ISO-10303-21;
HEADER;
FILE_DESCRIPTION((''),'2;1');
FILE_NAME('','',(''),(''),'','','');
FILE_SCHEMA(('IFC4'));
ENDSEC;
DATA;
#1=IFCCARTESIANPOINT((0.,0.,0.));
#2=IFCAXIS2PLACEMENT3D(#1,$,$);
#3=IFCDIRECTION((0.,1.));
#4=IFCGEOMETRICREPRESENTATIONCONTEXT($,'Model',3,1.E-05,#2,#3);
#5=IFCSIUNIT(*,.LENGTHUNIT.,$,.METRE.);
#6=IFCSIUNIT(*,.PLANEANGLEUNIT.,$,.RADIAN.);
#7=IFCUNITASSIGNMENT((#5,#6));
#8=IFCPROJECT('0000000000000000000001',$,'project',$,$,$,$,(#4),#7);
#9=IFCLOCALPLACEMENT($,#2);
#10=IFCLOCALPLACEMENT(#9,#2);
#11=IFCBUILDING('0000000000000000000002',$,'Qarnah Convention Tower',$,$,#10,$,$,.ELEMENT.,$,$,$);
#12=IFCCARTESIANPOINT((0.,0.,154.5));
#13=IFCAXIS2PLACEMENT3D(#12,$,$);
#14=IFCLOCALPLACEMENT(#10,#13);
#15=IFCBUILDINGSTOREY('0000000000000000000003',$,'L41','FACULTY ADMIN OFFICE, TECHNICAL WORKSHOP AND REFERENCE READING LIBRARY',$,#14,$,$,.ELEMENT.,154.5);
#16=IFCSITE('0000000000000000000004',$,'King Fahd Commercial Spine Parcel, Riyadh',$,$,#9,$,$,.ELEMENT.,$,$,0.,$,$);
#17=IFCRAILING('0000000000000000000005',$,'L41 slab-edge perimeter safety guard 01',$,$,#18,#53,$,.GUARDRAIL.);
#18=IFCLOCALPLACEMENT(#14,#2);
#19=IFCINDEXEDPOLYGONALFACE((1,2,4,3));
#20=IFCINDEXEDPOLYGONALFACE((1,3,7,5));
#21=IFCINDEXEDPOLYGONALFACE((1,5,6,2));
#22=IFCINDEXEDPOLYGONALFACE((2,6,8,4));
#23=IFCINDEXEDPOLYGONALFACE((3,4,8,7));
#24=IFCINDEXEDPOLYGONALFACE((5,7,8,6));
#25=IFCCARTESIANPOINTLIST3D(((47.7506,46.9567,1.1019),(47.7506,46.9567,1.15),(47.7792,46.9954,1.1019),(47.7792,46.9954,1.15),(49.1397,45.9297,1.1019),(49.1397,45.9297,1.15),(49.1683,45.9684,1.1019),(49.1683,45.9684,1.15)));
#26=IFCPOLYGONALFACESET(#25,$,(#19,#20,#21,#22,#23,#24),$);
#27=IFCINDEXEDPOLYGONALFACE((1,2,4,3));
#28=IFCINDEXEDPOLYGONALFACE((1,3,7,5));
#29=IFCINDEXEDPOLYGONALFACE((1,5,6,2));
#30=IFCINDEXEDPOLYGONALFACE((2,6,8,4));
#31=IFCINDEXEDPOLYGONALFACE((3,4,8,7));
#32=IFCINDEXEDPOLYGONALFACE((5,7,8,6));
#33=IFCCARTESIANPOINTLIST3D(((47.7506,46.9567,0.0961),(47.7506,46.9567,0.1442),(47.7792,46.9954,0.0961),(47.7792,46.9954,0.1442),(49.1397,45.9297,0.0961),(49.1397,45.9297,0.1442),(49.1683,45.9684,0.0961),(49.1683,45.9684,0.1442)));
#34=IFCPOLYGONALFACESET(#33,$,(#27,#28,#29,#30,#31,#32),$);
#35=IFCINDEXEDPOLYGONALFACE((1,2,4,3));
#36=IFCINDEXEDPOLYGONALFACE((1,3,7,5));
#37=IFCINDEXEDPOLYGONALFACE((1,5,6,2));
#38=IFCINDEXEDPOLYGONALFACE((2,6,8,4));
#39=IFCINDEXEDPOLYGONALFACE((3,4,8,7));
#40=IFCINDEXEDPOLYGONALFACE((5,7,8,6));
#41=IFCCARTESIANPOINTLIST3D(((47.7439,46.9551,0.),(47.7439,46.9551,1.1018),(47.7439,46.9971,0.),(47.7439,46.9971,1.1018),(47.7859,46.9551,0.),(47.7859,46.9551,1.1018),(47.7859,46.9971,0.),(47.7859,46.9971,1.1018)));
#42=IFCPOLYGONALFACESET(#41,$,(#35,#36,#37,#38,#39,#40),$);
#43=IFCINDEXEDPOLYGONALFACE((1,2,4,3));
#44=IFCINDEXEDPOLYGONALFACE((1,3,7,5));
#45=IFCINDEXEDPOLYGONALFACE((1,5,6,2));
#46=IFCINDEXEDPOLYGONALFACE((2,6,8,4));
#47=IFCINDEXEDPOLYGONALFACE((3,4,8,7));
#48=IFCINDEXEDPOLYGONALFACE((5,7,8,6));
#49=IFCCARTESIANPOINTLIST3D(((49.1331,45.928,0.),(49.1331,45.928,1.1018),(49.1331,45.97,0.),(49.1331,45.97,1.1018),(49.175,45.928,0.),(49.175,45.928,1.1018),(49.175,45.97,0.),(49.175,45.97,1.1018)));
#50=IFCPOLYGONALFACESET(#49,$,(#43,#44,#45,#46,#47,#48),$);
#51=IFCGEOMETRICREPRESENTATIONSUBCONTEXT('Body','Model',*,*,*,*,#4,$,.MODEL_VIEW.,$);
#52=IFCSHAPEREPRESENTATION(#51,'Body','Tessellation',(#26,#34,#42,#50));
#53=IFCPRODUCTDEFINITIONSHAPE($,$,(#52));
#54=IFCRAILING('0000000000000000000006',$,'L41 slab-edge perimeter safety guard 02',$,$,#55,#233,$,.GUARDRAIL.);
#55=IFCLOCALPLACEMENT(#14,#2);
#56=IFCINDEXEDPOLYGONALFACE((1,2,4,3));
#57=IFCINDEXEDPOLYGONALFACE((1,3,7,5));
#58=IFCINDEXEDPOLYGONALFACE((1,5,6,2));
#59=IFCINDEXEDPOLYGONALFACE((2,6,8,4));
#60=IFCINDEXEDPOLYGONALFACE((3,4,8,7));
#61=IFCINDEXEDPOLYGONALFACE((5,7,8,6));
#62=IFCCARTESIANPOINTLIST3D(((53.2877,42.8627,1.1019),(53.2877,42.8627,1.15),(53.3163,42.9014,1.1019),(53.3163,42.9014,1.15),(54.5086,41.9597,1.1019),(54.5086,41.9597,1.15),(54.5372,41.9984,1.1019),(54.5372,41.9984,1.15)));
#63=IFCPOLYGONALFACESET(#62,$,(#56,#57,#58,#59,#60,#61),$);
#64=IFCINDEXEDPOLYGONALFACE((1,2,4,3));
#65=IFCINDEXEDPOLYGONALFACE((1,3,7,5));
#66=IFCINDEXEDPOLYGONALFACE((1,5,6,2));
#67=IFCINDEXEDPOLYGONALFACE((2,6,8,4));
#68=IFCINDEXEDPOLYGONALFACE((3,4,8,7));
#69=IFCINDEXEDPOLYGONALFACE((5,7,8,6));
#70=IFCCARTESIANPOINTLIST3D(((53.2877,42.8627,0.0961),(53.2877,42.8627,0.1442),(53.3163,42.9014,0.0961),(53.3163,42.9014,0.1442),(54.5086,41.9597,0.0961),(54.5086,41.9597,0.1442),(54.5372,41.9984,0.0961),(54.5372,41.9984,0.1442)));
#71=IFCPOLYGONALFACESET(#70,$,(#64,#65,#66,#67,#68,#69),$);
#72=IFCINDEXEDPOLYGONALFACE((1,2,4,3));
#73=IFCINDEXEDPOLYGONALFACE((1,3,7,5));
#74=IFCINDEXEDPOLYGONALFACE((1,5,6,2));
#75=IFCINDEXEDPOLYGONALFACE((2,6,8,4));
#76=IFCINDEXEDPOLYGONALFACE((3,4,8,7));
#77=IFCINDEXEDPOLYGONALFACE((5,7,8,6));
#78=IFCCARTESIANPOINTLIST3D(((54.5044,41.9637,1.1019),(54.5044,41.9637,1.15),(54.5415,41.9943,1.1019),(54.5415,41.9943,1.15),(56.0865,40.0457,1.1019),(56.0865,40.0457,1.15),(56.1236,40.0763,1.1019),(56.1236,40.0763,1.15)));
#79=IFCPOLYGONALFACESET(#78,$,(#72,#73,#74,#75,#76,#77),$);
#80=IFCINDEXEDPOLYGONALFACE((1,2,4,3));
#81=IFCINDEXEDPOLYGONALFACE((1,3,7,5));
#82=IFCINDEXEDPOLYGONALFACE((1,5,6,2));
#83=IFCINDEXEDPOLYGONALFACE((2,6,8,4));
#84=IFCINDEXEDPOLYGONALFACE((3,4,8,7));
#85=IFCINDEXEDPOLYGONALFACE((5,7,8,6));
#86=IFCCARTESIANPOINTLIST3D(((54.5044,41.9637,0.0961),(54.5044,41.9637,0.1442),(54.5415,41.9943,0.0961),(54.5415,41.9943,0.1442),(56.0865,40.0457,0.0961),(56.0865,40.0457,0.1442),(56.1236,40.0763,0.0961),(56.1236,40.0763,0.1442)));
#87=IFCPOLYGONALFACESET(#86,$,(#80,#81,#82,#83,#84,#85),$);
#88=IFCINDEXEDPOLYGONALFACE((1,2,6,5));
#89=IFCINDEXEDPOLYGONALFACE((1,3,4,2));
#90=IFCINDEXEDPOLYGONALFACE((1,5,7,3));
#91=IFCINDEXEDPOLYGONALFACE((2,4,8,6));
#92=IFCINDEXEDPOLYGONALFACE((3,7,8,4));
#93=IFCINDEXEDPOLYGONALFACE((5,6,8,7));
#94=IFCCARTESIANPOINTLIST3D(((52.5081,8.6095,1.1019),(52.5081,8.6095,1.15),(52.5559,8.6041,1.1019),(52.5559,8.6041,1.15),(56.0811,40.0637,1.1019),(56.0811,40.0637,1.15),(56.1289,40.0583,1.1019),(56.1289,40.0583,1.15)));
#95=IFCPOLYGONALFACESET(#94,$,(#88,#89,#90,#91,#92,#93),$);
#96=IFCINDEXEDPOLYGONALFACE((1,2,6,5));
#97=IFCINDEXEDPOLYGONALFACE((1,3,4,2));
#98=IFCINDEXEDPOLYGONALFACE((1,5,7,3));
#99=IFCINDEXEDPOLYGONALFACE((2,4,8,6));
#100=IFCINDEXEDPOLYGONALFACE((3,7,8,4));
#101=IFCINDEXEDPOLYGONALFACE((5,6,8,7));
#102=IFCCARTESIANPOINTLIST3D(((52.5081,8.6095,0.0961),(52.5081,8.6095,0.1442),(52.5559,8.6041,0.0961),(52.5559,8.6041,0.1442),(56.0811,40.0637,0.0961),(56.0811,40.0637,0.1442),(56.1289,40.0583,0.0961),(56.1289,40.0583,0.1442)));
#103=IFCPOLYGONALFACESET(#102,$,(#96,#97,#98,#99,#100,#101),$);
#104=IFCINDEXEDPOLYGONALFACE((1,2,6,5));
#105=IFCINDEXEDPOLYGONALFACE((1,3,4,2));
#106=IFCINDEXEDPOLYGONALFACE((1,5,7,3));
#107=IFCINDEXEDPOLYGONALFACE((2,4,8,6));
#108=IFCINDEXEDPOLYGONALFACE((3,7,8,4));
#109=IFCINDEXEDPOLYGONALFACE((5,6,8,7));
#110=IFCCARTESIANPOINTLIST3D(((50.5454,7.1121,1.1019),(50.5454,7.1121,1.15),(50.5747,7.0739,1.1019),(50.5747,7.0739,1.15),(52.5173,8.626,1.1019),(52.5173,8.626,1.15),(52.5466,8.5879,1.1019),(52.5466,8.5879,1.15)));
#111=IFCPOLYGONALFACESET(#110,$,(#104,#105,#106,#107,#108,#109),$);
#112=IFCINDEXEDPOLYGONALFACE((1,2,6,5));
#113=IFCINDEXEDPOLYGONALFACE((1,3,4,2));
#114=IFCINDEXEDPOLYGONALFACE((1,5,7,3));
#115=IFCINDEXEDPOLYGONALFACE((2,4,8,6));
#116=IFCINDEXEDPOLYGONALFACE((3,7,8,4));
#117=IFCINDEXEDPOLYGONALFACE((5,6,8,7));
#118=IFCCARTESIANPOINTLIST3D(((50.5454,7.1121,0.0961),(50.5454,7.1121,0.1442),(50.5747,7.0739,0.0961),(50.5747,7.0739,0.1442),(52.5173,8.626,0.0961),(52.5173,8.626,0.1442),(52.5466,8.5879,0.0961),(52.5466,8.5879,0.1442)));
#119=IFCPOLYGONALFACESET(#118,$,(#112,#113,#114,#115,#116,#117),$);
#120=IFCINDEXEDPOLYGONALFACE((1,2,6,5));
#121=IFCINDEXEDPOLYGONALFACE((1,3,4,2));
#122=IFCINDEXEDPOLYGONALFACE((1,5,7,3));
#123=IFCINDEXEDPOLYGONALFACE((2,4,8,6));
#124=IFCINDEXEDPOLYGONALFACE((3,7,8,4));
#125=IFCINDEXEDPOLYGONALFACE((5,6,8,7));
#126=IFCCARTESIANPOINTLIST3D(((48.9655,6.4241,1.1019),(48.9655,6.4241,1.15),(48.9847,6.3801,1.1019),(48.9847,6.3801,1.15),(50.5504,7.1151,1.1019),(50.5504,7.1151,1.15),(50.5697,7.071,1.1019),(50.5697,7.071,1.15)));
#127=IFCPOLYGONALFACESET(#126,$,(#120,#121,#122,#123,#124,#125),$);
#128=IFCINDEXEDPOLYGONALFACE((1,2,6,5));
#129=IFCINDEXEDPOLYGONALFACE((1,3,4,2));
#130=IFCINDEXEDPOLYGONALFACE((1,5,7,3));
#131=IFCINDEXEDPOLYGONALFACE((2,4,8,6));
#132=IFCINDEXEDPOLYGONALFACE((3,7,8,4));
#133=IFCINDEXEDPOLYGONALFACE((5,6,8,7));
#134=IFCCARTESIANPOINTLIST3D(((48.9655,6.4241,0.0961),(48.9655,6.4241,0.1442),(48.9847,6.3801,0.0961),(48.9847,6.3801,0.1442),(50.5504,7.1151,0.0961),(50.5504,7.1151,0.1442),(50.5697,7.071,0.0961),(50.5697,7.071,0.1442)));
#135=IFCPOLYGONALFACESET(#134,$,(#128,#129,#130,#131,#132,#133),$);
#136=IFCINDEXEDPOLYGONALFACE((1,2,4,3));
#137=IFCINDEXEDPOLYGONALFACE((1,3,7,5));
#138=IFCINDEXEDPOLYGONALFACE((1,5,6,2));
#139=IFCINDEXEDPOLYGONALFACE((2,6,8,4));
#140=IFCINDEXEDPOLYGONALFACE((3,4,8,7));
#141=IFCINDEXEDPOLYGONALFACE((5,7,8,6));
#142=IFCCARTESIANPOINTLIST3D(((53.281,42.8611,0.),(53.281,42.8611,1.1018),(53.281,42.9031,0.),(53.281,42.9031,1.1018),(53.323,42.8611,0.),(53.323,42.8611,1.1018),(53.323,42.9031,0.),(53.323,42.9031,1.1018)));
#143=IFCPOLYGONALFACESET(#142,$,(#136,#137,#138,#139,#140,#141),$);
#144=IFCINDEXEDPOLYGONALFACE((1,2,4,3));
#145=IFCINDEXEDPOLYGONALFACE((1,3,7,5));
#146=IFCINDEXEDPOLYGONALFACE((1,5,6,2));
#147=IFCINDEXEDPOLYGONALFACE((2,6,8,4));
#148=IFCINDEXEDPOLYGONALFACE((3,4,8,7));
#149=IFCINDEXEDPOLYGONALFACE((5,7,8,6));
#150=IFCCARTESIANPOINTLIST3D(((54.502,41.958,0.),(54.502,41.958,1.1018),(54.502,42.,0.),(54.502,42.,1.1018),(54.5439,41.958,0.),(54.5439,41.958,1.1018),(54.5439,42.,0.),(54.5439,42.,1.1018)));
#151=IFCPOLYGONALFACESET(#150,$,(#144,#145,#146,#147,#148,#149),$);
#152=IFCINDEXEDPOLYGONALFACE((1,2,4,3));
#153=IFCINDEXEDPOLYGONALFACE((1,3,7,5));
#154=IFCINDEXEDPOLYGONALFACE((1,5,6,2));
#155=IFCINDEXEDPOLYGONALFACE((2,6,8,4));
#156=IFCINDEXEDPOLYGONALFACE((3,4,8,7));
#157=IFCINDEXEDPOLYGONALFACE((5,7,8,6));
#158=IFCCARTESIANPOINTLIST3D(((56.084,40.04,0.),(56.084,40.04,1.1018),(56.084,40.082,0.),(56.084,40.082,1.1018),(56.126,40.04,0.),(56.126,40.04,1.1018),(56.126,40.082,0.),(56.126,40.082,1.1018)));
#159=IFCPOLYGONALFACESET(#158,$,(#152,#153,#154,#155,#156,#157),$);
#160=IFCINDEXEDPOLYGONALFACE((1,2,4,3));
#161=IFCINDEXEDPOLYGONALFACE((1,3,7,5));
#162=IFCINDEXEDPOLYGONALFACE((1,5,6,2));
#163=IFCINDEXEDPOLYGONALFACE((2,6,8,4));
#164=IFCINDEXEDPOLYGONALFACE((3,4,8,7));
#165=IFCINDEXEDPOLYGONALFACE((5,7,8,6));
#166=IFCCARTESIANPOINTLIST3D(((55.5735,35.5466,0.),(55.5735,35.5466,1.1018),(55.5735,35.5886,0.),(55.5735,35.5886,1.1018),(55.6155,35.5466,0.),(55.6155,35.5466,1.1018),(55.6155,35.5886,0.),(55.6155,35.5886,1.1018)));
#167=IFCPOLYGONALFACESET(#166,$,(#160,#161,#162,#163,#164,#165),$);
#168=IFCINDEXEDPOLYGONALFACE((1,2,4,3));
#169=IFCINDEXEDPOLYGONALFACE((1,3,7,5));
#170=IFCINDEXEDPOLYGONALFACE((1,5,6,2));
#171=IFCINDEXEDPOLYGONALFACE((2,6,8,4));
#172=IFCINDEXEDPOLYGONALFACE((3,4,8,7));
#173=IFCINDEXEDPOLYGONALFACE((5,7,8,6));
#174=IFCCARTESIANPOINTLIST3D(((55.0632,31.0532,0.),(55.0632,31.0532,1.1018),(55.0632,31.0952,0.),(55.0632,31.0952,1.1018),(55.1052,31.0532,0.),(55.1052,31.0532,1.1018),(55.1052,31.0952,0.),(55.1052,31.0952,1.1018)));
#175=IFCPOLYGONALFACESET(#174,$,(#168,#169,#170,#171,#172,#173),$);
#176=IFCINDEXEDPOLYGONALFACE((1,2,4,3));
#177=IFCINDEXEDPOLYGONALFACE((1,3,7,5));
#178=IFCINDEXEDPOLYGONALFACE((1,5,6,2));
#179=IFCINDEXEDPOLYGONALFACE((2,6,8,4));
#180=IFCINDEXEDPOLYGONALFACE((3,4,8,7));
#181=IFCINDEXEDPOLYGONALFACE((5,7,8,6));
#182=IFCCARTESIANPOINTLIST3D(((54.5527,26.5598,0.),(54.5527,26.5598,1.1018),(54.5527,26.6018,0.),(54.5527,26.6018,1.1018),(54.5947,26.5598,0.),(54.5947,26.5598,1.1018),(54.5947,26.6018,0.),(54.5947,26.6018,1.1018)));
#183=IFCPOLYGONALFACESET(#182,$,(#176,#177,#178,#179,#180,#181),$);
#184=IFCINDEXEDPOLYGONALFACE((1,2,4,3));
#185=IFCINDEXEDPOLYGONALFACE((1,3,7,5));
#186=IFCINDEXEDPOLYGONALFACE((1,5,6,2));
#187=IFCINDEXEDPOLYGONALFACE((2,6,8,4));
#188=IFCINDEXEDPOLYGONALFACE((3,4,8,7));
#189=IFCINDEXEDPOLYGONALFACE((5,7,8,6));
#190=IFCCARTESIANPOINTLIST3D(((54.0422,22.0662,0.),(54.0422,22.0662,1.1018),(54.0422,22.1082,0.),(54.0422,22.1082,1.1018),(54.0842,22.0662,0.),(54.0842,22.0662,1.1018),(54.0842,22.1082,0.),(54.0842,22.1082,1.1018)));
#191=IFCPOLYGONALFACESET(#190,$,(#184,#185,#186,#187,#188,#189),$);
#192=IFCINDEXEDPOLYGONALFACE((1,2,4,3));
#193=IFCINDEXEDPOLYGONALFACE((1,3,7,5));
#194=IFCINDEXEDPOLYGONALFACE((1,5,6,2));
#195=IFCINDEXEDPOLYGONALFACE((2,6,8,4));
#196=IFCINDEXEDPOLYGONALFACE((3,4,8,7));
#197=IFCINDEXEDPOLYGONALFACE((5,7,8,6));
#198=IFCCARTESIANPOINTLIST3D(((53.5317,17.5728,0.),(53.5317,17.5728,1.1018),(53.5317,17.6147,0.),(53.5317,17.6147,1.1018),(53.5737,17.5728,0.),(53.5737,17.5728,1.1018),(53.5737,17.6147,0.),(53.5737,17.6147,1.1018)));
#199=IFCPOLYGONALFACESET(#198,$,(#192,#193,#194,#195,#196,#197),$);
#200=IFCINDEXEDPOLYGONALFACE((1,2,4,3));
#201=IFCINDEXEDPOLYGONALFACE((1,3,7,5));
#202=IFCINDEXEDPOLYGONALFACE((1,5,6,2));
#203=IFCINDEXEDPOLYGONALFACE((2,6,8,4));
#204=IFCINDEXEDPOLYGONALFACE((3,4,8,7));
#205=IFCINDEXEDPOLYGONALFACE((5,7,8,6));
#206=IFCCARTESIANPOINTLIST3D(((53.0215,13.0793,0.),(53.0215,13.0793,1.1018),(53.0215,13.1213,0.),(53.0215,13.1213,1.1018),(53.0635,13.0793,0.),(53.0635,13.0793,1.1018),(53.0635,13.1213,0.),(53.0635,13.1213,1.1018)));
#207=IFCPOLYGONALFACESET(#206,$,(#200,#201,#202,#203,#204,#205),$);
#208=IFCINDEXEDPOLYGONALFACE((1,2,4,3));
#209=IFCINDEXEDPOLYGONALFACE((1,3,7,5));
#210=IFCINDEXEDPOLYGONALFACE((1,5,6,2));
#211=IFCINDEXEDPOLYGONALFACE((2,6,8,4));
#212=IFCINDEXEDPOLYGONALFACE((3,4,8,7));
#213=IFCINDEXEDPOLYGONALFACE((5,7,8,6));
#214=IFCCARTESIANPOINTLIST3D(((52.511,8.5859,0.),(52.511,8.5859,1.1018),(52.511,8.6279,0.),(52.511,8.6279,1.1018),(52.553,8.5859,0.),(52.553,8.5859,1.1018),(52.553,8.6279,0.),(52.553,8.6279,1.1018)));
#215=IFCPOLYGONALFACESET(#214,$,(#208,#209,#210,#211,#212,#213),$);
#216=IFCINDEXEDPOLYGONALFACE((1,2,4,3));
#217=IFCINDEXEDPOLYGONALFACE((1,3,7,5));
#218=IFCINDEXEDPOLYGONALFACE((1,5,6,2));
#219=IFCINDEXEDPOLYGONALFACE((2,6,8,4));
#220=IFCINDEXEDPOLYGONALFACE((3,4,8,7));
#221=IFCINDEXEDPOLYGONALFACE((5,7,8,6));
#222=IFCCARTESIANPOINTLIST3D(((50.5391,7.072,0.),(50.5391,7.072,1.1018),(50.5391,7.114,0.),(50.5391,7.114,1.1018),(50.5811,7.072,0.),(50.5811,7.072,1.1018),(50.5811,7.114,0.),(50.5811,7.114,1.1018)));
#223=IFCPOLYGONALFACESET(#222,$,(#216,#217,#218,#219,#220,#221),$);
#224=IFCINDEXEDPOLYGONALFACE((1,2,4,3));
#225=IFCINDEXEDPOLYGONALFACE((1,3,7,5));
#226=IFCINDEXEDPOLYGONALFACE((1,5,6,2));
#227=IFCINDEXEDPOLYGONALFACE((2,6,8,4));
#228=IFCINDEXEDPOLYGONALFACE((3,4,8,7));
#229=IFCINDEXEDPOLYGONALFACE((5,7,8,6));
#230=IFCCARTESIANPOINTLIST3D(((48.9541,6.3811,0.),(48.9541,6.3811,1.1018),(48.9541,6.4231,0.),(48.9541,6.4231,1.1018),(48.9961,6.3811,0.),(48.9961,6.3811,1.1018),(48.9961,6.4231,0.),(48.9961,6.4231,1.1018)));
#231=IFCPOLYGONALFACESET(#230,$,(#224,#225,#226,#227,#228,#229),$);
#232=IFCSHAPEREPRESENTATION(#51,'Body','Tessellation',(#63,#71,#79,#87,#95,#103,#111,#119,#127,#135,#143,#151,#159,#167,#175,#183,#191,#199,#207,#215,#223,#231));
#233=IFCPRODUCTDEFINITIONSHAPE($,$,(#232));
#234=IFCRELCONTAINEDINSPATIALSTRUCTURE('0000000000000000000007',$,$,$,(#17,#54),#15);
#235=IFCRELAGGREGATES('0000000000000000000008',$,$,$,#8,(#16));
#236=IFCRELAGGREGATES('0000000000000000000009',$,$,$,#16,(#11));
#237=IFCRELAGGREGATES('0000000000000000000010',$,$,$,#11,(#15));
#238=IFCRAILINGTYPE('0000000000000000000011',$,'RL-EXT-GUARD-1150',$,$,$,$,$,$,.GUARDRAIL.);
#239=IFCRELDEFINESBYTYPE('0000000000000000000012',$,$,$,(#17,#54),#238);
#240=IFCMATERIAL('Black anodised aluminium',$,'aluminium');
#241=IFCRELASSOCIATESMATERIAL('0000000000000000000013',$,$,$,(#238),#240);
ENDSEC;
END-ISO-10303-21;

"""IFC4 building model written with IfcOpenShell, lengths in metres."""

from ifc_helpers import new_model, si_unit, direction, frame, origin, origin_2d, place, context, subcontext, project, spatial, rectangle, extrude, material, type_object, element, save


model = new_model("IFC4")

# Units and contexts
model_context = context("Model", 3, precision=1e-05, world=origin(), true_north=direction((0.0, 1.0)))
body_context = subcontext(model_context, "Body", "Model", "MODEL_VIEW")
ifc_project = project(units=[si_unit("LENGTHUNIT", "METRE"), si_unit("PLANEANGLEUNIT", "RADIAN")], contexts=[model_context])

# Site, building, storey
site_placement = place(None, origin())
site = spatial("IfcSite", under=ifc_project, at=site_placement, Name="King Fahd Commercial Spine Parcel, Riyadh", CompositionType="ELEMENT", RefElevation=0.0)
building_placement = place(site_placement, origin())
building = spatial("IfcBuilding", under=site, at=building_placement, Name="Qarnah Convention Tower", CompositionType="ELEMENT")
storey_placement = place(building_placement, frame((0.0, 0.0, 154.5)))
storey = spatial("IfcBuildingStorey", under=building, at=storey_placement, Name="L41", Description="FACULTY ADMIN OFFICE, TECHNICAL WORKSHOP AND REFERENCE READING LIBRARY", CompositionType="ELEMENT", Elevation=154.5)

# Shared definitions
ifc_material_1 = material(Name="Black anodised aluminium", Category="aluminium")

# Railings
railing_type = type_object("IfcRailingType", Name="RL-EXT-GUARD-1150", PredefinedType="GUARDRAIL", material=ifc_material_1)
railing_1_placement = place(storey_placement, frame((47.7649, 46.9761, 0.0)))
element("IfcRailing", 1, at=railing_1_placement, inside=storey, type_object=railing_type, Name="L41 slab-edge perimeter safety guard 01", PredefinedType="GUARDRAIL", context=body_context, shape_type="SweptSolid", body=[
    extrude(rectangle(XDim=0.0481, YDim=0.0481, at=origin_2d()), frame((0.0, 0.0, 1.126), z_axis=(0.804085, -0.594514, 0.0), x_axis=(0.594514, 0.804085, 0.0)), (0.0, 0.0, 1.0), 1.7275),
    extrude(rectangle(XDim=0.0481, YDim=0.0481, at=origin_2d()), frame((0.0, 0.0, 0.1201), z_axis=(0.804085, -0.594514, 0.0), x_axis=(0.594514, 0.804085, 0.0)), (0.0, 0.0, 1.0), 1.7275),
    extrude(rectangle(XDim=0.042, YDim=0.042, at=origin_2d()), origin(), (0.0, 0.0, 1.0), 1.1018),
    extrude(rectangle(XDim=0.042, YDim=0.042, at=origin_2d()), frame((1.3892, -1.0271, 0.0)), (0.0, 0.0, 1.0), 1.1018),
])
railing_2_placement = place(storey_placement, frame((53.302, 42.8821, 0.0)))
element("IfcRailing", 2, at=railing_2_placement, inside=storey, type_object=railing_type, Name="L41 slab-edge perimeter safety guard 02", PredefinedType="GUARDRAIL", context=body_context, shape_type="SweptSolid", body=[
    extrude(rectangle(XDim=0.0481, YDim=0.0481, at=origin_2d()), frame((0.0, 0.0, 1.126), z_axis=(0.803976, -0.594662, 0.0), x_axis=(0.594662, 0.803976, 0.0)), (0.0, 0.0, 1.0), 1.5186),
    extrude(rectangle(XDim=0.0481, YDim=0.0481, at=origin_2d()), frame((0.0, 0.0, 0.1201), z_axis=(0.803976, -0.594662, 0.0), x_axis=(0.594662, 0.803976, 0.0)), (0.0, 0.0, 1.0), 1.5186),
    extrude(rectangle(XDim=0.0481, YDim=0.0481, at=origin_2d()), frame((1.2209, -0.9031, 1.126), z_axis=(0.636313, -0.771431, 0.0), x_axis=(0.771431, 0.636313, 0.0)), (0.0, 0.0, 1.0), 2.4863),
    extrude(rectangle(XDim=0.0481, YDim=0.0481, at=origin_2d()), frame((1.2209, -0.9031, 0.1201), z_axis=(0.636313, -0.771431, 0.0), x_axis=(0.771431, 0.636313, 0.0)), (0.0, 0.0, 1.0), 2.4863),
    extrude(rectangle(XDim=0.0481, YDim=0.0481, at=origin_2d()), frame((2.803, -2.821, 1.126), z_axis=(-0.112868, -0.99361, 0.0), x_axis=(0.99361, -0.112868, 0.0)), (0.0, 0.0, 1.0), 31.6565),
    extrude(rectangle(XDim=0.0481, YDim=0.0481, at=origin_2d()), frame((2.803, -2.821, 0.1201), z_axis=(-0.112868, -0.99361, 0.0), x_axis=(0.99361, -0.112868, 0.0)), (0.0, 0.0, 1.0), 31.6565),
    extrude(rectangle(XDim=0.0481, YDim=0.0481, at=origin_2d()), frame((-0.77, -34.2751, 1.126), z_axis=(-0.793197, -0.608965, 0.0), x_axis=(0.608965, -0.793197, 0.0)), (0.0, 0.0, 1.0), 2.4861),
    extrude(rectangle(XDim=0.0481, YDim=0.0481, at=origin_2d()), frame((-0.77, -34.2751, 0.1201), z_axis=(-0.793197, -0.608965, 0.0), x_axis=(0.608965, -0.793197, 0.0)), (0.0, 0.0, 1.0), 2.4861),
    extrude(rectangle(XDim=0.0481, YDim=0.0481, at=origin_2d()), frame((-2.7419, -35.7891, 1.126), z_axis=(-0.916688, -0.399604, 0.0), x_axis=(0.399604, -0.916688, 0.0)), (0.0, 0.0, 1.0), 1.729),
    extrude(rectangle(XDim=0.0481, YDim=0.0481, at=origin_2d()), frame((-2.7419, -35.7891, 0.1201), z_axis=(-0.916688, -0.399604, 0.0), x_axis=(0.399604, -0.916688, 0.0)), (0.0, 0.0, 1.0), 1.729),
    extrude(rectangle(XDim=0.042, YDim=0.042, at=origin_2d()), origin(), (0.0, 0.0, 1.0), 1.1018),
    extrude(rectangle(XDim=0.042, YDim=0.042, at=origin_2d()), frame((1.2209, -0.9031, 0.0)), (0.0, 0.0, 1.0), 1.1018),
    extrude(rectangle(XDim=0.042, YDim=0.042, at=origin_2d()), frame((2.803, -2.821, 0.0)), (0.0, 0.0, 1.0), 1.1018),
    extrude(rectangle(XDim=0.042, YDim=0.042, at=origin_2d()), frame((2.2925, -7.3145, 0.0)), (0.0, 0.0, 1.0), 1.1018),
    extrude(rectangle(XDim=0.042, YDim=0.042, at=origin_2d()), frame((1.7822, -11.8079, 0.0)), (0.0, 0.0, 1.0), 1.1018),
    extrude(rectangle(XDim=0.042, YDim=0.042, at=origin_2d()), frame((1.2717, -16.3013, 0.0)), (0.0, 0.0, 1.0), 1.1018),
    extrude(rectangle(XDim=0.042, YDim=0.042, at=origin_2d()), frame((0.7612, -20.7949, 0.0)), (0.0, 0.0, 1.0), 1.1018),
    extrude(rectangle(XDim=0.042, YDim=0.042, at=origin_2d()), frame((0.2507, -25.2883, 0.0)), (0.0, 0.0, 1.0), 1.1018),
    extrude(rectangle(XDim=0.042, YDim=0.042, at=origin_2d()), frame((-0.2595, -29.7817, 0.0)), (0.0, 0.0, 1.0), 1.1018),
    extrude(rectangle(XDim=0.042, YDim=0.042, at=origin_2d()), frame((-0.77, -34.2751, 0.0)), (0.0, 0.0, 1.0), 1.1018),
    extrude(rectangle(XDim=0.042, YDim=0.042, at=origin_2d()), frame((-2.7419, -35.7891, 0.0)), (0.0, 0.0, 1.0), 1.1018),
    extrude(rectangle(XDim=0.042, YDim=0.042, at=origin_2d()), frame((-4.3269, -36.48, 0.0)), (0.0, 0.0, 1.0), 1.1018),
])

save(model, "model.ifc")
